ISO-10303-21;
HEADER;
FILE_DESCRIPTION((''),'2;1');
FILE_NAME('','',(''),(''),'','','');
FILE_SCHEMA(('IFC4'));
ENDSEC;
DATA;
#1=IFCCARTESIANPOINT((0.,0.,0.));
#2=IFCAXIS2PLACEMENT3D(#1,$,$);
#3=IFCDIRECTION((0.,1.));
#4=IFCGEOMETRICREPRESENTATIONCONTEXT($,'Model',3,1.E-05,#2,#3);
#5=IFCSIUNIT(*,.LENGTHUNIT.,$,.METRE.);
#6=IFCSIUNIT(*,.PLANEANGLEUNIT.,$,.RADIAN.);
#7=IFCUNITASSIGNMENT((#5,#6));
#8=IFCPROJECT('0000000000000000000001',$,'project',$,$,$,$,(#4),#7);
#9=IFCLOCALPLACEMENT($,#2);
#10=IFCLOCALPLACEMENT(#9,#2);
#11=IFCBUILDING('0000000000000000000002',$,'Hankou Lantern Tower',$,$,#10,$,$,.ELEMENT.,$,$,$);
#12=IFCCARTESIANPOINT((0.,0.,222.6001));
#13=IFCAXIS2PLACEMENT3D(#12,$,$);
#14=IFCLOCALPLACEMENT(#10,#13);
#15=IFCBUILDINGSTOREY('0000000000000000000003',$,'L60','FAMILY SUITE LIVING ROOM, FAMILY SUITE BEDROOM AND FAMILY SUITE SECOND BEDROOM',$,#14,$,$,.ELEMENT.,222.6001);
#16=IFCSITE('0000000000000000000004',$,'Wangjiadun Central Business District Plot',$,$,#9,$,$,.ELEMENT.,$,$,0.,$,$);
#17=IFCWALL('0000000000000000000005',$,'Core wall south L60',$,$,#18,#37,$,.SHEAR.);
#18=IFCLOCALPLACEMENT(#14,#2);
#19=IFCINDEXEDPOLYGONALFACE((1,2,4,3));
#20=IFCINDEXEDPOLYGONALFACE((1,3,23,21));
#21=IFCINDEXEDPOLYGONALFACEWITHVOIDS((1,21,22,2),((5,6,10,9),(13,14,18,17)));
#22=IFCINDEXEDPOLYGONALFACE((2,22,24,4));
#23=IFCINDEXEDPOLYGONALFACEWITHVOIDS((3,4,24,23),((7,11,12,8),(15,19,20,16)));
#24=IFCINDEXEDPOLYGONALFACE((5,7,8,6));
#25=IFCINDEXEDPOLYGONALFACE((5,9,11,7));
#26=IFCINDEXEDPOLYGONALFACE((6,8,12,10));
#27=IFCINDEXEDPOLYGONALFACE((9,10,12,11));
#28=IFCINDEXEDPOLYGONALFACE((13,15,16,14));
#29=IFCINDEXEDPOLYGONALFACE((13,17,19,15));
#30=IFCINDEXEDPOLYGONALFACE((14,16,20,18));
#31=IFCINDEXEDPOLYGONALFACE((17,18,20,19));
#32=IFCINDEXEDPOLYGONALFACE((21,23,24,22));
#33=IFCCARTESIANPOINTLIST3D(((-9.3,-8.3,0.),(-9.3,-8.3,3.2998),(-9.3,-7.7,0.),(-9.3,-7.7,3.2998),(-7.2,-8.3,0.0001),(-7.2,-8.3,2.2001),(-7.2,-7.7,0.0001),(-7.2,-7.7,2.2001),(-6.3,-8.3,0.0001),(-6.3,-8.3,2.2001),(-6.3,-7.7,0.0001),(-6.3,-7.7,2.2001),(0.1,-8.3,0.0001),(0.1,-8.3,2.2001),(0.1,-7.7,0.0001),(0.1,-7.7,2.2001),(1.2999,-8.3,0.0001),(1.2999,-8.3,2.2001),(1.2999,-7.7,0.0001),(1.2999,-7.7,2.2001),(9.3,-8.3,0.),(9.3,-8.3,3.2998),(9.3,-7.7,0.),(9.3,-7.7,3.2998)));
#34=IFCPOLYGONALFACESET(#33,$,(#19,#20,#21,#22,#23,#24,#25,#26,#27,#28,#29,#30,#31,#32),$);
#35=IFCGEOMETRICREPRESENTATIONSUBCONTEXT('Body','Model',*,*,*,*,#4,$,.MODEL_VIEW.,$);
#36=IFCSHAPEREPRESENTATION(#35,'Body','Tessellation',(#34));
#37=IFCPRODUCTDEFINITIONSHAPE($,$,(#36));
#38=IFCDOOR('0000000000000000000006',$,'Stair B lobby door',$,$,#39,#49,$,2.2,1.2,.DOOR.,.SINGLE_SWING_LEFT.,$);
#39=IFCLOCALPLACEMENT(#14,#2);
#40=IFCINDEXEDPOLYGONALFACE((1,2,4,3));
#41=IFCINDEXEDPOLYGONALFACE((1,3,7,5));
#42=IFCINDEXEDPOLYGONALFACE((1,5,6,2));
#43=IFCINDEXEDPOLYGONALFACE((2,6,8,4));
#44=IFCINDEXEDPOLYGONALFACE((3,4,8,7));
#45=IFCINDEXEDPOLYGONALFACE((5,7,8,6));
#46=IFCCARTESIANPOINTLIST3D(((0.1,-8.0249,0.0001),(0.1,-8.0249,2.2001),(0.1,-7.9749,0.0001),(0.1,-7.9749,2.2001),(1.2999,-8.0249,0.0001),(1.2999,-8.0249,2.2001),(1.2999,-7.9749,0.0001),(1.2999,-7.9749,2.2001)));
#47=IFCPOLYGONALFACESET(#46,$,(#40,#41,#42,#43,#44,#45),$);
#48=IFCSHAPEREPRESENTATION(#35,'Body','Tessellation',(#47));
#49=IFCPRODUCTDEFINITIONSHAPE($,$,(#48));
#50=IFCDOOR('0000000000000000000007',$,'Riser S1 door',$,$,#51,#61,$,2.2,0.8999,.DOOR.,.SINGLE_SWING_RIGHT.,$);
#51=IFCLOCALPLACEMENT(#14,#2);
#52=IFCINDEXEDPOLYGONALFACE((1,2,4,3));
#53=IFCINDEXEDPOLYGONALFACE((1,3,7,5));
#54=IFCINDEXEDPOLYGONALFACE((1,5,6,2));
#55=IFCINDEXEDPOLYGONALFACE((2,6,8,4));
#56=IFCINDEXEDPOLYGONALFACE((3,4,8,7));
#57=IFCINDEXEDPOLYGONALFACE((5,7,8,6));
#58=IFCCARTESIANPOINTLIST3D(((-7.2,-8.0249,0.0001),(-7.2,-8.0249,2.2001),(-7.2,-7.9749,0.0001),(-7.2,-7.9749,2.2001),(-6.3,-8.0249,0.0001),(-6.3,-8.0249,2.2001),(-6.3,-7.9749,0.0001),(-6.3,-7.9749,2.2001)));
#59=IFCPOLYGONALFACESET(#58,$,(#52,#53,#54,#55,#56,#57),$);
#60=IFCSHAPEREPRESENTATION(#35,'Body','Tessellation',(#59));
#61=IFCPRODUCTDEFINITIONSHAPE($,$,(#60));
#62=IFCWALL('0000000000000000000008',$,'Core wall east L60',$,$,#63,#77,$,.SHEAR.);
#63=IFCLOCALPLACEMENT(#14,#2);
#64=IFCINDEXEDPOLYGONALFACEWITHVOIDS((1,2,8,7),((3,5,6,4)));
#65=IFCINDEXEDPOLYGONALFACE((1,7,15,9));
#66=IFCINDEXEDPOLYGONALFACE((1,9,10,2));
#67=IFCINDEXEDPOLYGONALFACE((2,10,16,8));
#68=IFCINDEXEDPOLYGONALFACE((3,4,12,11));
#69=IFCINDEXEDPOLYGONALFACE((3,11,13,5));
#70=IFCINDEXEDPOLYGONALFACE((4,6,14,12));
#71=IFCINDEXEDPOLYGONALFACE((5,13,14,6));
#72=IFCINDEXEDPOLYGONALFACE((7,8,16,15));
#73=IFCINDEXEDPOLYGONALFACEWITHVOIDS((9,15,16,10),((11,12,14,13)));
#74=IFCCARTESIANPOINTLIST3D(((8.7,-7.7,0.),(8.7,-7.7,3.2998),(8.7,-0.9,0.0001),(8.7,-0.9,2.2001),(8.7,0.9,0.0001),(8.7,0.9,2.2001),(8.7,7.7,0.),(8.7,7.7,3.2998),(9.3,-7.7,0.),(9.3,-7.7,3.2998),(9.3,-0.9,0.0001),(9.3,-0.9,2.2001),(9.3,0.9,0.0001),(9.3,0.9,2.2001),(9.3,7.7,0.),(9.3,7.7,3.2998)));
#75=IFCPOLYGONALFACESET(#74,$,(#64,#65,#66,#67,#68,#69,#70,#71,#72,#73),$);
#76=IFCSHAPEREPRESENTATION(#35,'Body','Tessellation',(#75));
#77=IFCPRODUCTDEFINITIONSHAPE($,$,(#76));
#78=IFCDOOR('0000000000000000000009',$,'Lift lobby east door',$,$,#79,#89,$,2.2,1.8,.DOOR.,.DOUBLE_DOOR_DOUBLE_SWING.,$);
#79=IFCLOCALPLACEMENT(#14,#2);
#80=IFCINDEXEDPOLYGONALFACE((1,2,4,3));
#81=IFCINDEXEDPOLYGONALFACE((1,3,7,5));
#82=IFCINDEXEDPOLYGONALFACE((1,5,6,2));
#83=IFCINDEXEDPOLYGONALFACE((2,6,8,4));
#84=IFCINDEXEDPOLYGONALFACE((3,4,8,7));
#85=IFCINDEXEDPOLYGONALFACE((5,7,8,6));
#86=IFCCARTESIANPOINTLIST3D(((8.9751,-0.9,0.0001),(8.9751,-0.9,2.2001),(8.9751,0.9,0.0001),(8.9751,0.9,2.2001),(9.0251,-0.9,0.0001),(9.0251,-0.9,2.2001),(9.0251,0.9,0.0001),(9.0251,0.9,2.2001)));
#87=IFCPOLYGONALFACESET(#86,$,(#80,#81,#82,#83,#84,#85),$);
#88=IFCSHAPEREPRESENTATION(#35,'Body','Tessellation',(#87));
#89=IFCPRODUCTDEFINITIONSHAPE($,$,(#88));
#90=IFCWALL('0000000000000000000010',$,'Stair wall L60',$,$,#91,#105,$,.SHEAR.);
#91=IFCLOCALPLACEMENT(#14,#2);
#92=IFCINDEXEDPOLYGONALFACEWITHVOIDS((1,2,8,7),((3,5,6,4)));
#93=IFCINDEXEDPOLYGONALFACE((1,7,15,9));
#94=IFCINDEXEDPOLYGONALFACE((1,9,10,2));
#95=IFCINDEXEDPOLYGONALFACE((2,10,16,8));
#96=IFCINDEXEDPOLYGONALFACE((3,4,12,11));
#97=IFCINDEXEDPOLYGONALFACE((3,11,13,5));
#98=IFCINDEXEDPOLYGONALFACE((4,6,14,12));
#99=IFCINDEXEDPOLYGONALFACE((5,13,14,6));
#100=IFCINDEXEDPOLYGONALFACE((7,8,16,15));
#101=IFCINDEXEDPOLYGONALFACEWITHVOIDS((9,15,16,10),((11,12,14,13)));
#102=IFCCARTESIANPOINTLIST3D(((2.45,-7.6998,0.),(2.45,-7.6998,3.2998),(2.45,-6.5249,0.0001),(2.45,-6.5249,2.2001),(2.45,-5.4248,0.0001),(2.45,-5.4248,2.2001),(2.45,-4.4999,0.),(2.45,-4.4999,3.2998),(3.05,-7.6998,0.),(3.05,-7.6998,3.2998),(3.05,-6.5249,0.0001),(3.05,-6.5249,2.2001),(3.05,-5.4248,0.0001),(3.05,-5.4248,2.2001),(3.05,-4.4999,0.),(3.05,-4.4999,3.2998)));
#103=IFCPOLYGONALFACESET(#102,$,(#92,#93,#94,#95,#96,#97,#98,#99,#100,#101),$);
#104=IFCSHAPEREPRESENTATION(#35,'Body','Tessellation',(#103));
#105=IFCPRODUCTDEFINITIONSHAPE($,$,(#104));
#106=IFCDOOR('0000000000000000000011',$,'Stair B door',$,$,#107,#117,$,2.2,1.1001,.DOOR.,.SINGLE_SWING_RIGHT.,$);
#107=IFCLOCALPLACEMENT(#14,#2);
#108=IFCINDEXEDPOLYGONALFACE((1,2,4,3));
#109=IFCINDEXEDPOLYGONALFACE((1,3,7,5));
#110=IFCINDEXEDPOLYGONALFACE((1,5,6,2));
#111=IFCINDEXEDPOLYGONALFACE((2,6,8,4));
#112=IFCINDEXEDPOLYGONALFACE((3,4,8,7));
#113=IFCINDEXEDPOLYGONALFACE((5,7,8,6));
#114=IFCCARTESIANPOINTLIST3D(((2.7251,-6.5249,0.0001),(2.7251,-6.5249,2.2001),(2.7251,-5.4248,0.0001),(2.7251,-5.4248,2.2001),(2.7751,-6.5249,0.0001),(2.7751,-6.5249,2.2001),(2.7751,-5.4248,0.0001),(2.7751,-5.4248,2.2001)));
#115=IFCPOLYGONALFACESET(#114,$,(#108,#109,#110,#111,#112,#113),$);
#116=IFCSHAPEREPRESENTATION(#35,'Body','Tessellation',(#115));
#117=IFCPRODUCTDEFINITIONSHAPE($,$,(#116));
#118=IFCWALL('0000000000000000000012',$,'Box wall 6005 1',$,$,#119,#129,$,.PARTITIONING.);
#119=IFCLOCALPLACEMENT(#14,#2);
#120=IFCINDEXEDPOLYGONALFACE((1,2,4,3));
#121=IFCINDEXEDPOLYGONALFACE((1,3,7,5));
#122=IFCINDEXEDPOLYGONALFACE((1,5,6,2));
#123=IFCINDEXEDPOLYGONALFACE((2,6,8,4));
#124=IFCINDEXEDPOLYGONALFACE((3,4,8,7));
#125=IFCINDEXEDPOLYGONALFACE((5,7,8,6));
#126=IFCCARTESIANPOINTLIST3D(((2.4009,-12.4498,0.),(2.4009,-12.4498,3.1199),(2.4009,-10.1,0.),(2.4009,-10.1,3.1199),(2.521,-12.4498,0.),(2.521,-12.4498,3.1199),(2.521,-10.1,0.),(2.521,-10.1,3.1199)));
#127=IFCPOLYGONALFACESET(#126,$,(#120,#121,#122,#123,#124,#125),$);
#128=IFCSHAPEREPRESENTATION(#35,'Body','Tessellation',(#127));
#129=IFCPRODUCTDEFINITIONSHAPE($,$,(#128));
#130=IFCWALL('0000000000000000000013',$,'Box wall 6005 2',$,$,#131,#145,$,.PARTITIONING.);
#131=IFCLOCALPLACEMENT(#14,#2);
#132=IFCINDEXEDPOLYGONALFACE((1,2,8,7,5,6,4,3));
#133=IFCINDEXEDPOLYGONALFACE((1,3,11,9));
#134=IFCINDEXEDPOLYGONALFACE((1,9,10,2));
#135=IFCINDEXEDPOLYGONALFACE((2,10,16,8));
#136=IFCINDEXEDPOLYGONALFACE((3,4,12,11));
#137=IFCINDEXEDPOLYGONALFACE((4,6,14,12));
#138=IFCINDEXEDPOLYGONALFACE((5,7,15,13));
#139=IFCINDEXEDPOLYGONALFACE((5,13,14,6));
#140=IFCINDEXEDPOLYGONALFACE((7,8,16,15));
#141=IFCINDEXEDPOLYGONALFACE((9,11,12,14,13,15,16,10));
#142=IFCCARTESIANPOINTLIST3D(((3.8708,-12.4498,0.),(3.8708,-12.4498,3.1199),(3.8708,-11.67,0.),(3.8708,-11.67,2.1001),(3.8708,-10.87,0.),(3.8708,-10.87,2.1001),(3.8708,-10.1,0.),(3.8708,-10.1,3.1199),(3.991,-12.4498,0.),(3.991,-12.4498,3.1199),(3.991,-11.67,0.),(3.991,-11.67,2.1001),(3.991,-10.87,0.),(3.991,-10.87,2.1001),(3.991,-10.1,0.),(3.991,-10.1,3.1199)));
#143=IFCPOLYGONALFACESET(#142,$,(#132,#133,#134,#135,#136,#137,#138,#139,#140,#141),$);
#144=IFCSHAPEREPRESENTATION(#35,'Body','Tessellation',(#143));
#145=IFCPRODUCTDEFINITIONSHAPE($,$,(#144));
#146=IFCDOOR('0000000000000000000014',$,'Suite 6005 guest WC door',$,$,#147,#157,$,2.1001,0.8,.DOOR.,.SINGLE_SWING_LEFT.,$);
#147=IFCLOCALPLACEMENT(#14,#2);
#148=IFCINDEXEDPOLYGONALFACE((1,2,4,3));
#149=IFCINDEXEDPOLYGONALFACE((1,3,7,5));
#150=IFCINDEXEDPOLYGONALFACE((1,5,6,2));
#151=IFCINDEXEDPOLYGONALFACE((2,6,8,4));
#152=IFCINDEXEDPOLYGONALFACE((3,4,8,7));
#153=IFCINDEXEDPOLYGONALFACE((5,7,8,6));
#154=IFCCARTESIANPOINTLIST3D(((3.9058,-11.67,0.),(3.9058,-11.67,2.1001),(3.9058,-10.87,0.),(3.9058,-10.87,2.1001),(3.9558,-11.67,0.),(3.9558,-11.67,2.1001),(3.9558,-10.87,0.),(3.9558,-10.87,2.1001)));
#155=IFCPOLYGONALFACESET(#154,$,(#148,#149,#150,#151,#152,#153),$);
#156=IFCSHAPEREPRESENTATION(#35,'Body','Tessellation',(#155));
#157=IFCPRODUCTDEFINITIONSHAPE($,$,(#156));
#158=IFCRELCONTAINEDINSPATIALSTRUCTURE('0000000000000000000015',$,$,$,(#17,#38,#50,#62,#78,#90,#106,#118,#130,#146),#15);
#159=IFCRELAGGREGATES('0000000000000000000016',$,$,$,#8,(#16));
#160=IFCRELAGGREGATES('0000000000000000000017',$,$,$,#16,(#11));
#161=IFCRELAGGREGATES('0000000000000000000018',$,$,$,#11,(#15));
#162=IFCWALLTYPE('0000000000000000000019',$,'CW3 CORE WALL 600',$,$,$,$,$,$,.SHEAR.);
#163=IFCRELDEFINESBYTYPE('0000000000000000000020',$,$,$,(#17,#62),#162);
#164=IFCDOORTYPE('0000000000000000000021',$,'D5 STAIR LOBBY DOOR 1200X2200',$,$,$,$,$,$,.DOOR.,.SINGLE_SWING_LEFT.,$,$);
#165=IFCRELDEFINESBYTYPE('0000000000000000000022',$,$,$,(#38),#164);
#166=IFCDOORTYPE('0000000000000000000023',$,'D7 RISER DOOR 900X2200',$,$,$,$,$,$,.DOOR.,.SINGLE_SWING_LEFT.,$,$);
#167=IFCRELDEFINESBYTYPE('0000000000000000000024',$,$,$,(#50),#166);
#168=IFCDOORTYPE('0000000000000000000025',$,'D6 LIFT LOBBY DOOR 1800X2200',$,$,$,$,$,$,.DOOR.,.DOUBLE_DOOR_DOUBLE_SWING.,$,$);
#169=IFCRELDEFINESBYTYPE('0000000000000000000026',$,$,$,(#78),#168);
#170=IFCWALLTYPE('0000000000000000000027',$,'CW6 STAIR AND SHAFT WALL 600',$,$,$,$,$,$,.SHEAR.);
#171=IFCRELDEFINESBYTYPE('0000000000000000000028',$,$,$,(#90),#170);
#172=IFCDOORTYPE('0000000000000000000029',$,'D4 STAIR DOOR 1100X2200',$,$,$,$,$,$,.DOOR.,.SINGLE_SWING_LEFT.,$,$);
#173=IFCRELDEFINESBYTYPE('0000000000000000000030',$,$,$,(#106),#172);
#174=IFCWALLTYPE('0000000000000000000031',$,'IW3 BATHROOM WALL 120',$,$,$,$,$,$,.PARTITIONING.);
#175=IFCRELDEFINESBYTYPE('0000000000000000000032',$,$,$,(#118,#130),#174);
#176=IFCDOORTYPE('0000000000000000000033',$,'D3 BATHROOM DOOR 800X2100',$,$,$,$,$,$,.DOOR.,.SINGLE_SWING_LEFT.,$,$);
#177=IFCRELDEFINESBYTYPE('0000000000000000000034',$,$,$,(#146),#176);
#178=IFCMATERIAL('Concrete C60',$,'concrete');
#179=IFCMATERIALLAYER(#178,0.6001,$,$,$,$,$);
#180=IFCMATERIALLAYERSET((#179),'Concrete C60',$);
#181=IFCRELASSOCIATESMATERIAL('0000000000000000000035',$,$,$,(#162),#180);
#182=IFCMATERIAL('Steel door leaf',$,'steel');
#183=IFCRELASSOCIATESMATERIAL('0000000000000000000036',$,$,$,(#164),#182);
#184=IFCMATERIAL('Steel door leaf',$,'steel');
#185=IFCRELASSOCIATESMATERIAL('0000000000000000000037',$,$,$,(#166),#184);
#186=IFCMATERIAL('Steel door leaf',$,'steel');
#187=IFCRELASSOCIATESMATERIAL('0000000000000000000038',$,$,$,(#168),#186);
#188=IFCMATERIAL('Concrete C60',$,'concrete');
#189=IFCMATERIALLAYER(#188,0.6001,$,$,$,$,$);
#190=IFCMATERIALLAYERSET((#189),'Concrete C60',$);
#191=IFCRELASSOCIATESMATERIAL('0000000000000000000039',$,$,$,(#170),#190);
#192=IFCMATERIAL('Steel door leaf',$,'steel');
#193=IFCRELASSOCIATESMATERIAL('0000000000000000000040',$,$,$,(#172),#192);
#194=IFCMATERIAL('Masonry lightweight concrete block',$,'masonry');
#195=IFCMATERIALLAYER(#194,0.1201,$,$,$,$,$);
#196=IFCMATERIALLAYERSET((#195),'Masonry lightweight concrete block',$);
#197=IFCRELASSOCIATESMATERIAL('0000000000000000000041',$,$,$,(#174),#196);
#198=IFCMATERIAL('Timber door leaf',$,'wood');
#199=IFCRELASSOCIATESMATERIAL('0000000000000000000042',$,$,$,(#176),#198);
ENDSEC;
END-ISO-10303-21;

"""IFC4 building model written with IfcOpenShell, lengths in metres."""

from ifc_helpers import new_model, si_unit, direction, frame, frame_2d, origin, place, context, subcontext, project, spatial, rectangle, extrude, material, layer, layer_set, type_object, element, fill, save


model = new_model("IFC4")

# Units and contexts
model_context = context("Model", 3, precision=1e-05, world=origin(), true_north=direction((0.0, 1.0)))
body_context = subcontext(model_context, "Body", "Model", "MODEL_VIEW")
ifc_project = project(units=[si_unit("LENGTHUNIT", "METRE"), si_unit("PLANEANGLEUNIT", "RADIAN")], contexts=[model_context])

# Site, building, storey
site_placement = place(None, origin())
site = spatial("IfcSite", under=ifc_project, at=site_placement, Name="Wangjiadun Central Business District Plot", CompositionType="ELEMENT", RefElevation=0.0)
building_placement = place(site_placement, origin())
building = spatial("IfcBuilding", under=site, at=building_placement, Name="Hankou Lantern Tower", CompositionType="ELEMENT")
storey_placement = place(building_placement, frame((0.0, 0.0, 222.6001)))
storey = spatial("IfcBuildingStorey", under=building, at=storey_placement, Name="L60", Description="FAMILY SUITE LIVING ROOM, FAMILY SUITE BEDROOM AND FAMILY SUITE SECOND BEDROOM", CompositionType="ELEMENT", Elevation=222.6001)

# Wall, openings, doors
ifc_material_1 = material(Name="Concrete C60", Category="concrete")
ifc_layer_1 = layer(ifc_material_1, 0.6001)
ifc_layer_set_1 = layer_set([ifc_layer_1], Name="Concrete C60")
wall_type_1 = type_object("IfcWallType", Name="CW3 CORE WALL 600", PredefinedType="SHEAR", material=ifc_layer_set_1)
wall_1_placement = place(storey_placement, frame((9.3, -8.0, 0.0), z_axis=(0.0, 0.0, 1.0), x_axis=(-1.0, 0.0, 0.0)))
wall_1 = element("IfcWall", 1, at=wall_1_placement, inside=storey, type_object=wall_type_1, Name="Core wall south L60", PredefinedType="SHEAR", context=body_context, shape_type="SweptSolid", body=[
    extrude(rectangle(XDim=18.6001, YDim=0.6001, at=frame_2d((9.3, 0.0))), origin(), (0.0, 0.0, 1.0), 3.2998),
])
opening_1_placement = place(wall_1_placement, frame((8.0, 0.0, 0.0)))
opening_1 = element("IfcOpeningElement", 2, at=opening_1_placement, cuts=wall_1, PredefinedType="OPENING", context=body_context, shape_type="SweptSolid", body=[
    extrude(rectangle(XDim=1.2, YDim=2.2, at=frame_2d((0.6001, 1.1001))), frame((0.0, 0.3101, 0.0), z_axis=(0.0, -1.0, 0.0), x_axis=(1.0, 0.0, 0.0)), (0.0, 0.0, 1.0), 0.6201),
])
opening_2_placement = place(wall_1_placement, frame((15.6001, 0.0, 0.0)))
opening_2 = element("IfcOpeningElement", 3, at=opening_2_placement, cuts=wall_1, PredefinedType="OPENING", context=body_context, shape_type="SweptSolid", body=[
    extrude(rectangle(XDim=0.8999, YDim=2.2, at=frame_2d((0.45, 1.1001))), frame((0.0, 0.3101, 0.0), z_axis=(0.0, -1.0, 0.0), x_axis=(1.0, 0.0, 0.0)), (0.0, 0.0, 1.0), 0.6201),
])
ifc_material_2 = material(Name="Steel door leaf", Category="steel")
door_type_1 = type_object("IfcDoorType", Name="D5 STAIR LOBBY DOOR 1200X2200", OperationType="SINGLE_SWING_LEFT", PredefinedType="DOOR", material=ifc_material_2)
door_1_placement = place(opening_1_placement, origin())
door_1 = element("IfcDoor", 4, at=door_1_placement, inside=storey, type_object=door_type_1, Name="Stair B lobby door", OperationType="SINGLE_SWING_LEFT", OverallHeight=2.2, OverallWidth=1.2, PredefinedType="DOOR", context=body_context, shape_type="SweptSolid", body=[
    extrude(rectangle(XDim=1.2, YDim=2.2, at=frame_2d((0.6001, 1.1001))), frame((0.0, 0.0249, 0.0), z_axis=(0.0, -1.0, 0.0), x_axis=(1.0, 0.0, 0.0)), (0.0, 0.0, 1.0), 0.05),
])
fill(opening_1, door_1)
ifc_material_3 = material(Name="Steel door leaf", Category="steel")
door_type_2 = type_object("IfcDoorType", Name="D7 RISER DOOR 900X2200", OperationType="SINGLE_SWING_LEFT", PredefinedType="DOOR", material=ifc_material_3)
door_2_placement = place(opening_2_placement, origin())
door_2 = element("IfcDoor", 5, at=door_2_placement, inside=storey, type_object=door_type_2, Name="Riser S1 door", OperationType="SINGLE_SWING_RIGHT", OverallHeight=2.2, OverallWidth=0.8999, PredefinedType="DOOR", context=body_context, shape_type="SweptSolid", body=[
    extrude(rectangle(XDim=0.8999, YDim=2.2, at=frame_2d((0.45, 1.1001))), frame((0.0, 0.0249, 0.0), z_axis=(0.0, -1.0, 0.0), x_axis=(1.0, 0.0, 0.0)), (0.0, 0.0, 1.0), 0.05),
])
fill(opening_2, door_2)

# Walls, openings, doors
wall_2_placement = place(storey_placement, frame((9.0, -7.7, 0.0), z_axis=(0.0, 0.0, 1.0), x_axis=(0.0, 1.0, 0.0)))
wall_2 = element("IfcWall", 6, at=wall_2_placement, inside=storey, type_object=wall_type_1, Name="Core wall east L60", PredefinedType="SHEAR", context=body_context, shape_type="SweptSolid", body=[
    extrude(rectangle(XDim=15.3999, YDim=0.6001, at=frame_2d((7.7, 0.0))), origin(), (0.0, 0.0, 1.0), 3.2998),
])
opening_3_placement = place(wall_2_placement, frame((6.8, 0.0, 0.0)))
opening_3 = element("IfcOpeningElement", 7, at=opening_3_placement, cuts=wall_2, PredefinedType="OPENING", context=body_context, shape_type="SweptSolid", body=[
    extrude(rectangle(XDim=1.8, YDim=2.2, at=frame_2d((0.8999, 1.1001))), frame((0.0, 0.3101, 0.0), z_axis=(0.0, -1.0, 0.0), x_axis=(1.0, 0.0, 0.0)), (0.0, 0.0, 1.0), 0.6201),
])
ifc_material_4 = material(Name="Steel door leaf", Category="steel")
door_type_3 = type_object("IfcDoorType", Name="D6 LIFT LOBBY DOOR 1800X2200", OperationType="DOUBLE_DOOR_DOUBLE_SWING", PredefinedType="DOOR", material=ifc_material_4)
door_3_placement = place(opening_3_placement, origin())
door_3 = element("IfcDoor", 8, at=door_3_placement, inside=storey, type_object=door_type_3, Name="Lift lobby east door", OperationType="DOUBLE_DOOR_DOUBLE_SWING", OverallHeight=2.2, OverallWidth=1.8, PredefinedType="DOOR", context=body_context, shape_type="SweptSolid", body=[
    extrude(rectangle(XDim=1.8, YDim=2.2, at=frame_2d((0.8999, 1.1001))), frame((0.0, 0.0249, 0.0), z_axis=(0.0, -1.0, 0.0), x_axis=(1.0, 0.0, 0.0)), (0.0, 0.0, 1.0), 0.05),
])
fill(opening_3, door_3)
ifc_material_5 = material(Name="Concrete C60", Category="concrete")
ifc_layer_2 = layer(ifc_material_5, 0.6001)
ifc_layer_set_2 = layer_set([ifc_layer_2], Name="Concrete C60")
wall_type_2 = type_object("IfcWallType", Name="CW6 STAIR AND SHAFT WALL 600", PredefinedType="SHEAR", material=ifc_layer_set_2)
wall_3_placement = place(storey_placement, frame((2.75, -7.7, 0.0), z_axis=(0.0, 0.0, 1.0), x_axis=(0.0, 1.0, 0.0)))
wall_3 = element("IfcWall", 9, at=wall_3_placement, inside=storey, type_object=wall_type_2, Name="Stair wall L60", PredefinedType="SHEAR", context=body_context, shape_type="SweptSolid", body=[
    extrude(rectangle(XDim=3.2, YDim=0.6001, at=frame_2d((1.6001, 0.0))), origin(), (0.0, 0.0, 1.0), 3.2998),
])
opening_4_placement = place(wall_3_placement, frame((1.175, 0.0, 0.0)))
opening_4 = element("IfcOpeningElement", 10, at=opening_4_placement, cuts=wall_3, PredefinedType="OPENING", context=body_context, shape_type="SweptSolid", body=[
    extrude(rectangle(XDim=1.1001, YDim=2.2, at=frame_2d((0.55, 1.1001))), frame((0.0, 0.3101, 0.0), z_axis=(0.0, -1.0, 0.0), x_axis=(1.0, 0.0, 0.0)), (0.0, 0.0, 1.0), 0.6201),
])
ifc_material_6 = material(Name="Steel door leaf", Category="steel")
door_type_4 = type_object("IfcDoorType", Name="D4 STAIR DOOR 1100X2200", OperationType="SINGLE_SWING_LEFT", PredefinedType="DOOR", material=ifc_material_6)
door_4_placement = place(opening_4_placement, origin())
door_4 = element("IfcDoor", 11, at=door_4_placement, inside=storey, type_object=door_type_4, Name="Stair B door", OperationType="SINGLE_SWING_RIGHT", OverallHeight=2.2, OverallWidth=1.1001, PredefinedType="DOOR", context=body_context, shape_type="SweptSolid", body=[
    extrude(rectangle(XDim=1.1001, YDim=2.2, at=frame_2d((0.55, 1.1001))), frame((0.0, 0.0249, 0.0), z_axis=(0.0, -1.0, 0.0), x_axis=(1.0, 0.0, 0.0)), (0.0, 0.0, 1.0), 0.05),
])
fill(opening_4, door_4)

# Wall
ifc_material_7 = material(Name="Masonry lightweight concrete block", Category="masonry")
ifc_layer_3 = layer(ifc_material_7, 0.1201)
ifc_layer_set_3 = layer_set([ifc_layer_3], Name="Masonry lightweight concrete block")
wall_type_3 = type_object("IfcWallType", Name="IW3 BATHROOM WALL 120", PredefinedType="PARTITIONING", material=ifc_layer_set_3)
wall_4_placement = place(storey_placement, frame((2.4609, -10.1001, 0.0), z_axis=(0.0, 0.0, 1.0), x_axis=(0.0, -1.0, 0.0)))
element("IfcWall", 12, at=wall_4_placement, inside=storey, type_object=wall_type_3, Name="Box wall 6005 1", PredefinedType="PARTITIONING", context=body_context, shape_type="SweptSolid", body=[
    extrude(rectangle(XDim=2.3499, YDim=0.1201, at=frame_2d((1.1748, 0.0))), origin(), (0.0, 0.0, 1.0), 3.1199),
])

# Wall, opening, door
wall_5_placement = place(storey_placement, frame((3.9309, -10.1001, 0.0), z_axis=(0.0, 0.0, 1.0), x_axis=(0.0, -1.0, 0.0)))
wall_5 = element("IfcWall", 13, at=wall_5_placement, inside=storey, type_object=wall_type_3, Name="Box wall 6005 2", PredefinedType="PARTITIONING", context=body_context, shape_type="SweptSolid", body=[
    extrude(rectangle(XDim=2.3499, YDim=0.1201, at=frame_2d((1.1748, 0.0))), origin(), (0.0, 0.0, 1.0), 3.1199),
])
opening_5_placement = place(wall_5_placement, frame((0.77, 0.0, 0.0)))
opening_5 = element("IfcOpeningElement", 14, at=opening_5_placement, cuts=wall_5, PredefinedType="OPENING", context=body_context, shape_type="SweptSolid", body=[
    extrude(rectangle(XDim=0.8, YDim=2.1001, at=frame_2d((0.3999, 1.05))), frame((0.0, 0.0701, 0.0), z_axis=(0.0, -1.0, 0.0), x_axis=(1.0, 0.0, 0.0)), (0.0, 0.0, 1.0), 0.1401),
])
ifc_material_8 = material(Name="Timber door leaf", Category="wood")
door_type_5 = type_object("IfcDoorType", Name="D3 BATHROOM DOOR 800X2100", OperationType="SINGLE_SWING_LEFT", PredefinedType="DOOR", material=ifc_material_8)
door_5_placement = place(opening_5_placement, origin())
door_5 = element("IfcDoor", 15, at=door_5_placement, inside=storey, type_object=door_type_5, Name="Suite 6005 guest WC door", OperationType="SINGLE_SWING_LEFT", OverallHeight=2.1001, OverallWidth=0.8, PredefinedType="DOOR", context=body_context, shape_type="SweptSolid", body=[
    extrude(rectangle(XDim=0.8, YDim=2.1001, at=frame_2d((0.3999, 1.05))), frame((0.0, 0.0249, 0.0), z_axis=(0.0, -1.0, 0.0), x_axis=(1.0, 0.0, 0.0)), (0.0, 0.0, 1.0), 0.05),
])
fill(opening_5, door_5)

save(model, "model.ifc")
